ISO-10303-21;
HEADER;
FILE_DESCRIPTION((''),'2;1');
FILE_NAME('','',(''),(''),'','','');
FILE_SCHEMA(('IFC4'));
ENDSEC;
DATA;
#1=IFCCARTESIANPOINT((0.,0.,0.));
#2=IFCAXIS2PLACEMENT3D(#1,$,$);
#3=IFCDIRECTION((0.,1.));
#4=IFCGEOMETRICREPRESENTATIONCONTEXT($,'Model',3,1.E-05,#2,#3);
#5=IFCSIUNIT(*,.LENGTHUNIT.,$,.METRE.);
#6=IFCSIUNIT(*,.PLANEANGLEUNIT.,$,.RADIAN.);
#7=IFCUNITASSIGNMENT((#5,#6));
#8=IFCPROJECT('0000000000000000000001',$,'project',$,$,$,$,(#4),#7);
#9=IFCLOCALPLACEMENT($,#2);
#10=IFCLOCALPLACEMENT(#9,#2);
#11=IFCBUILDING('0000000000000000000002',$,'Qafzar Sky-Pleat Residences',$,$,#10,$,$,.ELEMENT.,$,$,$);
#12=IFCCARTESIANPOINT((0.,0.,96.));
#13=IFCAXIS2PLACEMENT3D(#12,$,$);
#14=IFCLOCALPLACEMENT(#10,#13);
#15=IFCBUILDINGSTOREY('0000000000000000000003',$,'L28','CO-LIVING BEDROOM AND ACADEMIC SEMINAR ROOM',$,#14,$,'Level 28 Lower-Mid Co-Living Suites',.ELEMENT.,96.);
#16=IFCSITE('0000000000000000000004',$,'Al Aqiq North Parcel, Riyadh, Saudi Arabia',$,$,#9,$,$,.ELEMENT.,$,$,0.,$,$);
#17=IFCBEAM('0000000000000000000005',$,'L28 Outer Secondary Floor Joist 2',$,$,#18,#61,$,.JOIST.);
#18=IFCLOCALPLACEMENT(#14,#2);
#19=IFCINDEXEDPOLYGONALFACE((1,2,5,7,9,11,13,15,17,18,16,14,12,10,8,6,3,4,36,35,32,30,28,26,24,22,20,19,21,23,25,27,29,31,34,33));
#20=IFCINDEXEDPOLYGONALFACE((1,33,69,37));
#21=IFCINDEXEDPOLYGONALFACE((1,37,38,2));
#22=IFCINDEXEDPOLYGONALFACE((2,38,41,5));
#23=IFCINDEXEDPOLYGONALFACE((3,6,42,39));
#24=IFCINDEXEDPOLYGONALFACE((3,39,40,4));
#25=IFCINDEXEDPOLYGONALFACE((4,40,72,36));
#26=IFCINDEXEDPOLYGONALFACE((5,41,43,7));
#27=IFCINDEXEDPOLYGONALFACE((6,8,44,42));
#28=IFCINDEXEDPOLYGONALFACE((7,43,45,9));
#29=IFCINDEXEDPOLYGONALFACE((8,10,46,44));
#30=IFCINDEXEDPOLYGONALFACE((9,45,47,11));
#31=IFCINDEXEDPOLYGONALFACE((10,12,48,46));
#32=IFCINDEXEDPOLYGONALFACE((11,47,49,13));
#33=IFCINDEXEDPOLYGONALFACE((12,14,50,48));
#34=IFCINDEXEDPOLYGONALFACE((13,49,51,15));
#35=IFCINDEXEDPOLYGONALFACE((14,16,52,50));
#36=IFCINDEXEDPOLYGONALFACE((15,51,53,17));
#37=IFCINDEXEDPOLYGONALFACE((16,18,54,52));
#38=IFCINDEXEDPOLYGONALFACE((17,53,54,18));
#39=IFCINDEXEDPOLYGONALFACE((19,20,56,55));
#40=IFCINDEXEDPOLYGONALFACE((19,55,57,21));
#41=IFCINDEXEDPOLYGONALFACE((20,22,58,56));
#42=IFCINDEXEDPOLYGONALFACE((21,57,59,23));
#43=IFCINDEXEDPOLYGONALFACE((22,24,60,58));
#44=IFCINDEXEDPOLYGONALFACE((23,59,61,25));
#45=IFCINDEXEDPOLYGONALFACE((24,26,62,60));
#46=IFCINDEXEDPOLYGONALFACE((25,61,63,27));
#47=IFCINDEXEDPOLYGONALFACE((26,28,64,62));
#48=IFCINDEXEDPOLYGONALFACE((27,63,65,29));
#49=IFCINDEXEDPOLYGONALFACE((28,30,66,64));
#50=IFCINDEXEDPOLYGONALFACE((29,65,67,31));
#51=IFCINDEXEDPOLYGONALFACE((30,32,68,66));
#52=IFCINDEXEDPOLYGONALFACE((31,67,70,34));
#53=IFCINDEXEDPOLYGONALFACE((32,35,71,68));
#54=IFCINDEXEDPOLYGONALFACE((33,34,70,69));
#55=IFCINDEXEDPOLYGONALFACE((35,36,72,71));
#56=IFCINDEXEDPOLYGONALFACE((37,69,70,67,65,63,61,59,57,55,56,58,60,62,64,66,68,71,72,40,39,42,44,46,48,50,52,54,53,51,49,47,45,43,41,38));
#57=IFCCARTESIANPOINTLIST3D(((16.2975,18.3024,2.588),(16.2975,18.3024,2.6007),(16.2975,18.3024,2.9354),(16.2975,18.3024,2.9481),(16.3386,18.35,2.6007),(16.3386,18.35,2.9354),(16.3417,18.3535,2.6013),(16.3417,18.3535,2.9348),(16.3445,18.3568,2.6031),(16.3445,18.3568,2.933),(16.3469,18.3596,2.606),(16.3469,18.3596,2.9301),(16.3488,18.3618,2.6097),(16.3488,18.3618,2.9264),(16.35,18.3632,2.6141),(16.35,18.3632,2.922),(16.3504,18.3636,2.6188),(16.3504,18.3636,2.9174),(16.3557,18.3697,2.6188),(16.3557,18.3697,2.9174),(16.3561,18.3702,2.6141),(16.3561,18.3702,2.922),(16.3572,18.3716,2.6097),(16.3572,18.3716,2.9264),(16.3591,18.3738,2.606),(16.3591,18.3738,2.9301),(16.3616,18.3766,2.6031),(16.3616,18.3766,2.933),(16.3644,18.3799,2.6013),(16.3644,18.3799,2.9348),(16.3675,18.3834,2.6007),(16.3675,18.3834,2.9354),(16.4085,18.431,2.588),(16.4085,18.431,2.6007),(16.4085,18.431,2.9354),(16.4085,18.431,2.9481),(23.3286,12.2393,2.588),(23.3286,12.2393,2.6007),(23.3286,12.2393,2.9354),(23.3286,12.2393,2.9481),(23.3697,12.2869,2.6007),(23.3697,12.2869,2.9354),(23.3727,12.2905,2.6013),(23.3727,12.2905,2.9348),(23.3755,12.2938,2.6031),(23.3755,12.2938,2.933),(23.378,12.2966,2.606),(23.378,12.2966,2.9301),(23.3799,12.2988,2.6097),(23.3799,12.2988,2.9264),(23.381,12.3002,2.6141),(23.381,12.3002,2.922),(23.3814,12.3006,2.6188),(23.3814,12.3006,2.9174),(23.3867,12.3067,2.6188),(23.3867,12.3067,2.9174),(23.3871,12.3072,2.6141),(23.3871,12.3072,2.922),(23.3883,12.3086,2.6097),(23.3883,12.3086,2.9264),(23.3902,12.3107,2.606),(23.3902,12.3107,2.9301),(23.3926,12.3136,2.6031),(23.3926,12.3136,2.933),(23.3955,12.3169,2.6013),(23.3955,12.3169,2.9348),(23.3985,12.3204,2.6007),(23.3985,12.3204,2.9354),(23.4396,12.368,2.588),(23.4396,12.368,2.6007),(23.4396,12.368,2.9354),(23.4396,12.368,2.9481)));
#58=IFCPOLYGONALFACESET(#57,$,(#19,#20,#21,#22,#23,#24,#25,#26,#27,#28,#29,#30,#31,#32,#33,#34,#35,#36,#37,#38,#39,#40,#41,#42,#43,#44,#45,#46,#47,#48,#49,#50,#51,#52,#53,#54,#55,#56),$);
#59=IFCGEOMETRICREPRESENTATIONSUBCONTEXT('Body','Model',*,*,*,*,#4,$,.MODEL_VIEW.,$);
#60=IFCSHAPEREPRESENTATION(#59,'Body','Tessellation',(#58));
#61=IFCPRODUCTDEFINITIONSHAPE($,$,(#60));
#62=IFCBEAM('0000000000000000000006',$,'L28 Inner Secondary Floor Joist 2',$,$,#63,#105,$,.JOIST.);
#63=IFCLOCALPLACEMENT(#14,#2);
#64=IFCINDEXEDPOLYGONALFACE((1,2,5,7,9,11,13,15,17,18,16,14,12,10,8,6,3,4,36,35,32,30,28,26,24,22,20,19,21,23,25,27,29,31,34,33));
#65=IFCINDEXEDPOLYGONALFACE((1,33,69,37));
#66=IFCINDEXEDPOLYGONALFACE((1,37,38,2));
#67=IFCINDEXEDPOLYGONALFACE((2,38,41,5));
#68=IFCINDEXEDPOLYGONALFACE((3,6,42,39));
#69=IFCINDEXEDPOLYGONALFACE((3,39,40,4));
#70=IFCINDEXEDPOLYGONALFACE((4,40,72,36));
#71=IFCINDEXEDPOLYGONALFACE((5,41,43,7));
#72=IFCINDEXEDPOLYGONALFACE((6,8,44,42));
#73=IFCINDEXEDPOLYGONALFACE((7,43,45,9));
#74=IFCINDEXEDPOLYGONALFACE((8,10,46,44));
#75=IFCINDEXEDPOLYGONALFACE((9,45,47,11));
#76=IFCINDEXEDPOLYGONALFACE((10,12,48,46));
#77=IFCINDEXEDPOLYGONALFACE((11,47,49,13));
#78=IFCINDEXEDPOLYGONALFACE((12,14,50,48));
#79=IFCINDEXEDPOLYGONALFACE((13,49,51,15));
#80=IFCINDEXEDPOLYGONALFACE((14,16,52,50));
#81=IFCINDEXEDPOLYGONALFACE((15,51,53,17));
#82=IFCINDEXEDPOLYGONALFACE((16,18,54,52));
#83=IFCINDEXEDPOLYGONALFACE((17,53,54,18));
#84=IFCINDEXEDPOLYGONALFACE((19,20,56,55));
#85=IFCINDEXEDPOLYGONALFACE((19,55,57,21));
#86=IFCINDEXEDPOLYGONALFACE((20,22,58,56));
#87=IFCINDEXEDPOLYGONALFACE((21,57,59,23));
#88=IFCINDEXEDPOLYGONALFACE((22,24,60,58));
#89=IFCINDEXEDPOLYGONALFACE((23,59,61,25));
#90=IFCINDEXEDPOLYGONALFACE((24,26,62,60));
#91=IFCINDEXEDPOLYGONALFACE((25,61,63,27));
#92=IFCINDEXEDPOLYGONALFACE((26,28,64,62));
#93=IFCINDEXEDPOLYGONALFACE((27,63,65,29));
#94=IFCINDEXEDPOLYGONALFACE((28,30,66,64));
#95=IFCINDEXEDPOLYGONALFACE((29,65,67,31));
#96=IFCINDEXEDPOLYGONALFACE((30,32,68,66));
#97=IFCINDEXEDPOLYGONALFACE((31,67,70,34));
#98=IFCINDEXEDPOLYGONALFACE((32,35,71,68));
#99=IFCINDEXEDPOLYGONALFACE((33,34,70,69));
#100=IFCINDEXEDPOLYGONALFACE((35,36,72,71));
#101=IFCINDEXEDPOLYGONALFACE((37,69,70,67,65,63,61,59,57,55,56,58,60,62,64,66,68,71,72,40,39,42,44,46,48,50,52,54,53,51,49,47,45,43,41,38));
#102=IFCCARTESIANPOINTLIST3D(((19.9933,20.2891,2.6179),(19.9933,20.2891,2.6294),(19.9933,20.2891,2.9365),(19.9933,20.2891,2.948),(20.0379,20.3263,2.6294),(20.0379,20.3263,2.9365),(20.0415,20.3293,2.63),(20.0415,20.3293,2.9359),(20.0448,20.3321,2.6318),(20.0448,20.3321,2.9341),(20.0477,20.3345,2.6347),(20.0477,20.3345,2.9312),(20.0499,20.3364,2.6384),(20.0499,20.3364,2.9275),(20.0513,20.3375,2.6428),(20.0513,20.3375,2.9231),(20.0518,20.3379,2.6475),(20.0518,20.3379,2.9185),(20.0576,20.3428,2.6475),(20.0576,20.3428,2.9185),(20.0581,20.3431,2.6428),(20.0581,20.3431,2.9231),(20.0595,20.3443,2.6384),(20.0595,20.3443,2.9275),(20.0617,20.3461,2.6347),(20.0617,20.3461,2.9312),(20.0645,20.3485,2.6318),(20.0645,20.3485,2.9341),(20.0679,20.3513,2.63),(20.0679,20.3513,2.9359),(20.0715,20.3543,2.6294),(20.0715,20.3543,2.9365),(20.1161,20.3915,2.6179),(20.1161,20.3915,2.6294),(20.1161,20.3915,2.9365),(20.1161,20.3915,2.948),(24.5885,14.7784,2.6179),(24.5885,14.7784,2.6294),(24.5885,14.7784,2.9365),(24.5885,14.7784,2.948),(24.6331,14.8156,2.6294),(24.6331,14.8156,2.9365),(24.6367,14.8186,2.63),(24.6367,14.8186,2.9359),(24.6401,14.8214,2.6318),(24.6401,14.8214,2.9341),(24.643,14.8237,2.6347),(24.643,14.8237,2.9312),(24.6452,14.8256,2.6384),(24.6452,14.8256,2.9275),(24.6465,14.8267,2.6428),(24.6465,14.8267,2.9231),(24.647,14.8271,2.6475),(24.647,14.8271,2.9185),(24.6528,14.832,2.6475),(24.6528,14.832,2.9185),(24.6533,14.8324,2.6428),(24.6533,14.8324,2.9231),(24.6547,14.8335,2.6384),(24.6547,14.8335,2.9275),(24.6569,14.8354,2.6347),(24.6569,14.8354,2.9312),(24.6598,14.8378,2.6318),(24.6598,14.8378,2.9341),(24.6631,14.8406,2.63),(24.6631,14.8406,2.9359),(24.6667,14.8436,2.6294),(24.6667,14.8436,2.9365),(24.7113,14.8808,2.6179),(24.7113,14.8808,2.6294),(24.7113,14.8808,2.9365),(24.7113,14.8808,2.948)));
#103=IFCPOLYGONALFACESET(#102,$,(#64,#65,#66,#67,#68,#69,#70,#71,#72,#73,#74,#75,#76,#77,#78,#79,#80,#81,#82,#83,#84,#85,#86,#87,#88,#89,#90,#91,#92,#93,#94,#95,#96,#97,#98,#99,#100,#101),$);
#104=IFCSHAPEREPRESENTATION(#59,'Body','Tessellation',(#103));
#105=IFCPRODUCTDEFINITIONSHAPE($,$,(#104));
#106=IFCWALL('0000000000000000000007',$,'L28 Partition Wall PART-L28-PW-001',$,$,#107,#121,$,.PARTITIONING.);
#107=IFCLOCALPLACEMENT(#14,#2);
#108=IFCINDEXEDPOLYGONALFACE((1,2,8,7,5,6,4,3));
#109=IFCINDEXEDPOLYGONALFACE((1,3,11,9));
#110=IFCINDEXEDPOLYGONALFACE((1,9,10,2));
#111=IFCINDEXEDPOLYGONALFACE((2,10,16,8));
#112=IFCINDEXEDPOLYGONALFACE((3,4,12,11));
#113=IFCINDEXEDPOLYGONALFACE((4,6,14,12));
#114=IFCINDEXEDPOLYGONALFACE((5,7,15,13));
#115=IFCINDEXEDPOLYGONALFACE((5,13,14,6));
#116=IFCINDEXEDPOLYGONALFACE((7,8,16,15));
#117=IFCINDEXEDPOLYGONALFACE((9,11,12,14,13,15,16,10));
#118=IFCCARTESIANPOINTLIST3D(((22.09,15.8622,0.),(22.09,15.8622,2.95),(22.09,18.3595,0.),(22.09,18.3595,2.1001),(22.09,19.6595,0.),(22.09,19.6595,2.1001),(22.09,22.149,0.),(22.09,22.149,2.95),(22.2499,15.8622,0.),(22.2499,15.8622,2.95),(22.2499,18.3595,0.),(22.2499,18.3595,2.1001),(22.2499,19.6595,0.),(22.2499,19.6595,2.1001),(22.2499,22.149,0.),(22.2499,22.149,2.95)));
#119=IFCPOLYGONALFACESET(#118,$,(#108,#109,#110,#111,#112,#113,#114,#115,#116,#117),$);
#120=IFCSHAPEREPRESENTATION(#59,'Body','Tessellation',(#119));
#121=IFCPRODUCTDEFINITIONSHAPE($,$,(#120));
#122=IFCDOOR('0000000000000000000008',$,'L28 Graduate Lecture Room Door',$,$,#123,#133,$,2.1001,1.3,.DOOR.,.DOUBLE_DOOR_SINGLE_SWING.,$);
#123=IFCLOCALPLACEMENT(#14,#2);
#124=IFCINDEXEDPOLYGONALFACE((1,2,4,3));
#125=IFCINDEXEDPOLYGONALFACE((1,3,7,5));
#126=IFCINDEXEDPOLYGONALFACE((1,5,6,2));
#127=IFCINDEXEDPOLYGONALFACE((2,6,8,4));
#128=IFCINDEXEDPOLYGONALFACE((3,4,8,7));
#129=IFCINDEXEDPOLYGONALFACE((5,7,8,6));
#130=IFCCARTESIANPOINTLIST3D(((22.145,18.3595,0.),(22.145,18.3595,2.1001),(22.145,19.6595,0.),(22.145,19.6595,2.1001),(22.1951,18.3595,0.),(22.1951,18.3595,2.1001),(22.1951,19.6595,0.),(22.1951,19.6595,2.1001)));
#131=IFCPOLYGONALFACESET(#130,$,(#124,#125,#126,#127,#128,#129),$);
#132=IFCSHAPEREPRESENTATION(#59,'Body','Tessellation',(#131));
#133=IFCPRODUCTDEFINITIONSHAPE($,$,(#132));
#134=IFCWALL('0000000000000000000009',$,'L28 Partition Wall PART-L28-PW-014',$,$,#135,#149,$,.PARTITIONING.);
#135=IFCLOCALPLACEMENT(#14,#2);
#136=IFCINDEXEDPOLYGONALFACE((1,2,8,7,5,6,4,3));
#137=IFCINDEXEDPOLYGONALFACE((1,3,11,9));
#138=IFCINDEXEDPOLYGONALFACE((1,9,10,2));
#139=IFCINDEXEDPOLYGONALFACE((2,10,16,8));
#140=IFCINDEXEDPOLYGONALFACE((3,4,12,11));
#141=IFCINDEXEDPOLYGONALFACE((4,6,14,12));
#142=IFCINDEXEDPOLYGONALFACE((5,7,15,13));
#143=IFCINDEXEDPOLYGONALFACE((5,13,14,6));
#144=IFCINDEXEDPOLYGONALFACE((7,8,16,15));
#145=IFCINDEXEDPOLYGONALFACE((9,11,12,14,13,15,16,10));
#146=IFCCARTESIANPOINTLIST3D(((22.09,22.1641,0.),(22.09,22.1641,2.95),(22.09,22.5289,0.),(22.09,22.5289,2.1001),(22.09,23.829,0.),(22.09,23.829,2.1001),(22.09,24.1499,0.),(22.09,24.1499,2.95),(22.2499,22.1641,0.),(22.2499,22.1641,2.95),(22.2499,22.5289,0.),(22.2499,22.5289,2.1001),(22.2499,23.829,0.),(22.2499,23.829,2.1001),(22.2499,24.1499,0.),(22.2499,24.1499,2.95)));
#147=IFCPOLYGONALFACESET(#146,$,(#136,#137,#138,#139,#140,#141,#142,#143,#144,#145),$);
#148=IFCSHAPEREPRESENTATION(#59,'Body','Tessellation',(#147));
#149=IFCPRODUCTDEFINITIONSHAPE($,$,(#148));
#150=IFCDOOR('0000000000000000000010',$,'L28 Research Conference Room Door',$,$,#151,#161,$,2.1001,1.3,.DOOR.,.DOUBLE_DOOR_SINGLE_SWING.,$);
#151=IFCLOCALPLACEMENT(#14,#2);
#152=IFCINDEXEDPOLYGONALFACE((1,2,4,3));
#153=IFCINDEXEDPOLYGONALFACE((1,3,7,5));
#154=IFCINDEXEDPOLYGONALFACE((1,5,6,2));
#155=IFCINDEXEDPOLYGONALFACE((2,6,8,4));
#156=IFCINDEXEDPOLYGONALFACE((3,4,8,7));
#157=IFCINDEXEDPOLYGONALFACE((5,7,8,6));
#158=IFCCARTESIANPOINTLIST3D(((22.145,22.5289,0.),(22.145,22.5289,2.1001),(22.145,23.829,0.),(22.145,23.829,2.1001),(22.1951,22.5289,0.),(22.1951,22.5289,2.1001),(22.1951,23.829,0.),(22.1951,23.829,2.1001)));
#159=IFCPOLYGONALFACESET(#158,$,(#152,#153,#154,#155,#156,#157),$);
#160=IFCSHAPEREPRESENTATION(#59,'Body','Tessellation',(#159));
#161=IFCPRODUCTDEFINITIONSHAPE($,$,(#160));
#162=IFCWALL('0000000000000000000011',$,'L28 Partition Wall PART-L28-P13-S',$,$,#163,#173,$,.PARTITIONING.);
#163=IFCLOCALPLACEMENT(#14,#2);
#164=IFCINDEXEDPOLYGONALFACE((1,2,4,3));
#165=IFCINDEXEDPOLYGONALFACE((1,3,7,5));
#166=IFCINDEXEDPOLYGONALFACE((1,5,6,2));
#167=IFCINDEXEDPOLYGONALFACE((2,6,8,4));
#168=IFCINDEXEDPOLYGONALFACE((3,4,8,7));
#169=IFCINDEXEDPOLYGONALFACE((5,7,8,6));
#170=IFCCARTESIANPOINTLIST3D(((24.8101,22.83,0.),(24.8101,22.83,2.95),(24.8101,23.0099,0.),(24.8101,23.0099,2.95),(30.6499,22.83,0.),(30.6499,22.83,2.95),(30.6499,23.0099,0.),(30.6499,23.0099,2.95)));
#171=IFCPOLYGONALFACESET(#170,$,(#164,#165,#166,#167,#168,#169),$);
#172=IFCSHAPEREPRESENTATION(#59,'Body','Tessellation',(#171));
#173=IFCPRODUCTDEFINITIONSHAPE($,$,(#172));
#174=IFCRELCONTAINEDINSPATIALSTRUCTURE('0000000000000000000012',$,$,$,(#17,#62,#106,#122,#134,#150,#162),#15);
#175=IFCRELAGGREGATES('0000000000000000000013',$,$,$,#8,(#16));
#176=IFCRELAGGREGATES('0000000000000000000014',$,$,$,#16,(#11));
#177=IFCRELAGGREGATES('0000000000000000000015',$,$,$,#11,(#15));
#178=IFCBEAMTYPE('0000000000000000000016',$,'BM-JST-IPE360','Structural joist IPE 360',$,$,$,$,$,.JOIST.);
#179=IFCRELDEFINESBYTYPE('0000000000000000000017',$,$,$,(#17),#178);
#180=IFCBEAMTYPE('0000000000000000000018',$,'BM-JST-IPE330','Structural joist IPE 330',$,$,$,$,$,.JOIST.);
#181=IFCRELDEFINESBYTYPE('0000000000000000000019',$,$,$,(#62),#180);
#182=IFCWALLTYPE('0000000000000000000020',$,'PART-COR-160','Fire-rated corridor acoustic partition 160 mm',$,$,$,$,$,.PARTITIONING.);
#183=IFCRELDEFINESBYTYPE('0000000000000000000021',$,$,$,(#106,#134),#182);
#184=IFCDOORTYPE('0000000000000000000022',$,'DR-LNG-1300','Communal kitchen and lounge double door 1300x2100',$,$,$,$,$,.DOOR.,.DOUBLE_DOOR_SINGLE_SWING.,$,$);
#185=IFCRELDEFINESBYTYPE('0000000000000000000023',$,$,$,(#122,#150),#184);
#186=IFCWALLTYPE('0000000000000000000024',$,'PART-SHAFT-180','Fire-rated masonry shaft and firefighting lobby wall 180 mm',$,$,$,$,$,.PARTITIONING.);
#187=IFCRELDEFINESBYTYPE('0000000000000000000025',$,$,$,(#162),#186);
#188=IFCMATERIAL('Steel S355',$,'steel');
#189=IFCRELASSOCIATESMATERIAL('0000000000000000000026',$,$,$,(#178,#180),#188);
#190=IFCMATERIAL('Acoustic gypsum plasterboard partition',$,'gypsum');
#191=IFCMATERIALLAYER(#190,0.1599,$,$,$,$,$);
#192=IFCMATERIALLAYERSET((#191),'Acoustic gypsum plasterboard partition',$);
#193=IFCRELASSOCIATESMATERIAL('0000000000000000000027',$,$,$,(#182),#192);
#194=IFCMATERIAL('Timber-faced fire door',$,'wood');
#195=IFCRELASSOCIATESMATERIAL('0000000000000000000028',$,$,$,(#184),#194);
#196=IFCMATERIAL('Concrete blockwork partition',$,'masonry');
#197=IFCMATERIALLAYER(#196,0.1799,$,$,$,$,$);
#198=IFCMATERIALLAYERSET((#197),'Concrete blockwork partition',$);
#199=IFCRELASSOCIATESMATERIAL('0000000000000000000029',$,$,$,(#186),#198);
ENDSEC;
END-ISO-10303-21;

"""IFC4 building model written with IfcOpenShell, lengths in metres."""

from ifc_helpers import new_model, si_unit, direction, frame, frame_2d, origin, origin_2d, place, context, subcontext, project, spatial, rectangle, i_section, extrude, source, transform, mapped, material, layer, layer_set, material_profile, profile_set, type_object, element, fill, save


model = new_model("IFC4")

# Units and contexts
model_context = context("Model", 3, precision=1e-05, world=origin(), true_north=direction((0.0, 1.0)))
body_context = subcontext(model_context, "Body", "Model", "MODEL_VIEW")
ifc_project = project(units=[si_unit("LENGTHUNIT", "METRE"), si_unit("PLANEANGLEUNIT", "RADIAN")], contexts=[model_context])

# Site, building, storey
site_placement = place(None, origin())
site = spatial("IfcSite", under=ifc_project, at=site_placement, Name="Al Aqiq North Parcel, Riyadh, Saudi Arabia", CompositionType="ELEMENT", RefElevation=0.0)
building_placement = place(site_placement, origin())
building = spatial("IfcBuilding", under=site, at=building_placement, Name="Qafzar Sky-Pleat Residences", CompositionType="ELEMENT")
storey_placement = place(building_placement, frame((0.0, 0.0, 96.0)))
storey = spatial("IfcBuildingStorey", under=building, at=storey_placement, Name="L28", Description="CO-LIVING BEDROOM AND ACADEMIC SEMINAR ROOM", LongName="Level 28 Lower-Mid Co-Living Suites", CompositionType="ELEMENT", Elevation=96.0)

# Beams
ifc_material_1 = material(Name="Steel S355", Category="steel")
ifc_material_profile_1 = material_profile(ifc_material_1, i_section(OverallWidth=0.1699, OverallDepth=0.3601, WebThickness=0.0081, FlangeThickness=0.0127, FilletRadius=0.0181, at=origin_2d()), Name="IPE 360")
ifc_profile_set_1 = profile_set([ifc_material_profile_1], Name="Steel S355")
beam_type_1 = type_object("IfcBeamType", Name="BM-JST-IPE360", Description="Structural joist IPE 360", PredefinedType="JOIST", material=ifc_profile_set_1)
shared_shape_1 = source(origin(), body_context, "Body", "SweptSolid", [
    extrude(i_section(OverallWidth=0.1699, OverallDepth=0.3601, WebThickness=0.0081, FlangeThickness=0.0127, FilletRadius=0.0181, at=origin_2d()), origin(), (0.0, 0.0, 1.0), 9.2842),
])
beam_1_placement = place(storey_placement, frame((16.353, 18.3667, 2.7681), z_axis=(0.757315, -0.653049, 0.0), x_axis=(0.653049, 0.757315, 0.0)))
element("IfcBeam", 1, at=beam_1_placement, inside=storey, type_object=beam_type_1, Name="L28 Outer Secondary Floor Joist 2", PredefinedType="JOIST", context=body_context, shape_type="MappedRepresentation", body=[
    mapped(shared_shape_1, transform((0.0, 0.0, 0.0), x_axis=(1.0, 0.0, 0.0), y_axis=(0.0, 1.0, 0.0), z_axis=(0.0, 0.0, 1.0), scale=1.0)),
])
ifc_material_profile_2 = material_profile(ifc_material_1, i_section(OverallWidth=0.1599, OverallDepth=0.3301, WebThickness=0.0076, FlangeThickness=0.0115, FilletRadius=0.0181, at=origin_2d()), Name="IPE 330")
ifc_profile_set_2 = profile_set([ifc_material_profile_2], Name="Steel S355")
beam_type_2 = type_object("IfcBeamType", Name="BM-JST-IPE330", Description="Structural joist IPE 330", PredefinedType="JOIST", material=ifc_profile_set_2)
shared_shape_2 = source(origin(), body_context, "Body", "SweptSolid", [
    extrude(i_section(OverallWidth=0.1599, OverallDepth=0.3301, WebThickness=0.0076, FlangeThickness=0.0115, FilletRadius=0.0181, at=origin_2d()), origin(), (0.0, 0.0, 1.0), 7.1753),
])
beam_2_placement = place(storey_placement, frame((20.0547, 20.3403, 2.783), z_axis=(0.640425, -0.76802, 0.0), x_axis=(0.76802, 0.640425, 0.0)))
element("IfcBeam", 2, at=beam_2_placement, inside=storey, type_object=beam_type_2, Name="L28 Inner Secondary Floor Joist 2", PredefinedType="JOIST", context=body_context, shape_type="MappedRepresentation", body=[
    mapped(shared_shape_2, transform((0.0, 0.0, 0.0), x_axis=(1.0, 0.0, 0.0), y_axis=(0.0, 1.0, 0.0), z_axis=(0.0, 0.0, 1.0), scale=1.0)),
])

# Walls, openings, doors
ifc_material_2 = material(Name="Acoustic gypsum plasterboard partition", Category="gypsum")
ifc_layer_1 = layer(ifc_material_2, 0.1599)
ifc_layer_set_1 = layer_set([ifc_layer_1], Name="Acoustic gypsum plasterboard partition")
wall_type_1 = type_object("IfcWallType", Name="PART-COR-160", Description="Fire-rated corridor acoustic partition 160 mm", PredefinedType="PARTITIONING", material=ifc_layer_set_1)
wall_1_placement = place(storey_placement, frame((22.1699, 15.8621, 0.0), z_axis=(0.0, 0.0, 1.0), x_axis=(0.0, 1.0, 0.0)))
wall_1 = element("IfcWall", 3, at=wall_1_placement, inside=storey, type_object=wall_type_1, Name="L28 Partition Wall PART-L28-PW-001", PredefinedType="PARTITIONING", context=body_context, shape_type="SweptSolid", body=[
    extrude(rectangle(XDim=6.2869, YDim=0.1599, at=frame_2d((3.1436, 0.0))), origin(), (0.0, 0.0, 1.0), 2.95),
])
opening_1_placement = place(wall_1_placement, frame((2.4976, 0.0, 0.0)))
opening_1 = element("IfcOpeningElement", 4, at=opening_1_placement, cuts=wall_1, PredefinedType="OPENING", context=body_context, shape_type="SweptSolid", body=[
    extrude(rectangle(XDim=1.3, YDim=2.1001, at=frame_2d((0.6499, 1.05))), frame((0.0, 0.0898, 0.0), z_axis=(0.0, -1.0, 0.0), x_axis=(1.0, 0.0, 0.0)), (0.0, 0.0, 1.0), 0.1799),
])
ifc_material_3 = material(Name="Timber-faced fire door", Category="wood")
door_type_1 = type_object("IfcDoorType", Name="DR-LNG-1300", Description="Communal kitchen and lounge double door 1300x2100", OperationType="DOUBLE_DOOR_SINGLE_SWING", PredefinedType="DOOR", material=ifc_material_3)
shared_shape_3 = source(origin(), body_context, "Body", "SweptSolid", [
    extrude(rectangle(XDim=1.3, YDim=2.1001, at=frame_2d((0.6499, 1.05))), frame((0.0, 0.0249, 0.0), z_axis=(0.0, -1.0, 0.0), x_axis=(1.0, 0.0, 0.0)), (0.0, 0.0, 1.0), 0.05),
])
door_1_placement = place(opening_1_placement, origin())
door_1 = element("IfcDoor", 5, at=door_1_placement, inside=storey, type_object=door_type_1, Name="L28 Graduate Lecture Room Door", OperationType="DOUBLE_DOOR_SINGLE_SWING", OverallHeight=2.1001, OverallWidth=1.3, PredefinedType="DOOR", context=body_context, shape_type="MappedRepresentation", body=[
    mapped(shared_shape_3, transform((0.0, 0.0, 0.0), x_axis=(1.0, 0.0, 0.0), y_axis=(0.0, 1.0, 0.0), z_axis=(0.0, 0.0, 1.0), scale=1.0)),
])
fill(opening_1, door_1)
wall_2_placement = place(storey_placement, frame((22.1699, 22.1641, 0.0), z_axis=(0.0, 0.0, 1.0), x_axis=(0.0, 1.0, 0.0)))
wall_2 = element("IfcWall", 6, at=wall_2_placement, inside=storey, type_object=wall_type_1, Name="L28 Partition Wall PART-L28-PW-014", PredefinedType="PARTITIONING", context=body_context, shape_type="SweptSolid", body=[
    extrude(rectangle(XDim=1.9858, YDim=0.1599, at=frame_2d((0.9929, 0.0))), origin(), (0.0, 0.0, 1.0), 2.95),
])
opening_2_placement = place(wall_2_placement, frame((0.365, 0.0, 0.0)))
opening_2 = element("IfcOpeningElement", 7, at=opening_2_placement, cuts=wall_2, PredefinedType="OPENING", context=body_context, shape_type="SweptSolid", body=[
    extrude(rectangle(XDim=1.3, YDim=2.1001, at=frame_2d((0.6499, 1.05))), frame((0.0, 0.0898, 0.0), z_axis=(0.0, -1.0, 0.0), x_axis=(1.0, 0.0, 0.0)), (0.0, 0.0, 1.0), 0.1799),
])
door_2_placement = place(opening_2_placement, origin())
door_2 = element("IfcDoor", 8, at=door_2_placement, inside=storey, type_object=door_type_1, Name="L28 Research Conference Room Door", OperationType="DOUBLE_DOOR_SINGLE_SWING", OverallHeight=2.1001, OverallWidth=1.3, PredefinedType="DOOR", context=body_context, shape_type="MappedRepresentation", body=[
    mapped(shared_shape_3, transform((0.0, 0.0, 0.0), x_axis=(1.0, 0.0, 0.0), y_axis=(0.0, 1.0, 0.0), z_axis=(0.0, 0.0, 1.0), scale=1.0)),
])
fill(opening_2, door_2)

# Wall
ifc_material_4 = material(Name="Concrete blockwork partition", Category="masonry")
ifc_layer_2 = layer(ifc_material_4, 0.1799)
ifc_layer_set_2 = layer_set([ifc_layer_2], Name="Concrete blockwork partition")
wall_type_2 = type_object("IfcWallType", Name="PART-SHAFT-180", Description="Fire-rated masonry shaft and firefighting lobby wall 180 mm", PredefinedType="PARTITIONING", material=ifc_layer_set_2)
wall_3_placement = place(storey_placement, frame((24.8101, 22.9199, 0.0), z_axis=(0.0, 0.0, 1.0), x_axis=(1.0, 0.0, 0.0)))
element("IfcWall", 9, at=wall_3_placement, inside=storey, type_object=wall_type_2, Name="L28 Partition Wall PART-L28-P13-S", PredefinedType="PARTITIONING", context=body_context, shape_type="SweptSolid", body=[
    extrude(rectangle(XDim=5.8398, YDim=0.1799, at=frame_2d((2.9199, 0.0))), origin(), (0.0, 0.0, 1.0), 2.95),
])

save(model, "model.ifc")
